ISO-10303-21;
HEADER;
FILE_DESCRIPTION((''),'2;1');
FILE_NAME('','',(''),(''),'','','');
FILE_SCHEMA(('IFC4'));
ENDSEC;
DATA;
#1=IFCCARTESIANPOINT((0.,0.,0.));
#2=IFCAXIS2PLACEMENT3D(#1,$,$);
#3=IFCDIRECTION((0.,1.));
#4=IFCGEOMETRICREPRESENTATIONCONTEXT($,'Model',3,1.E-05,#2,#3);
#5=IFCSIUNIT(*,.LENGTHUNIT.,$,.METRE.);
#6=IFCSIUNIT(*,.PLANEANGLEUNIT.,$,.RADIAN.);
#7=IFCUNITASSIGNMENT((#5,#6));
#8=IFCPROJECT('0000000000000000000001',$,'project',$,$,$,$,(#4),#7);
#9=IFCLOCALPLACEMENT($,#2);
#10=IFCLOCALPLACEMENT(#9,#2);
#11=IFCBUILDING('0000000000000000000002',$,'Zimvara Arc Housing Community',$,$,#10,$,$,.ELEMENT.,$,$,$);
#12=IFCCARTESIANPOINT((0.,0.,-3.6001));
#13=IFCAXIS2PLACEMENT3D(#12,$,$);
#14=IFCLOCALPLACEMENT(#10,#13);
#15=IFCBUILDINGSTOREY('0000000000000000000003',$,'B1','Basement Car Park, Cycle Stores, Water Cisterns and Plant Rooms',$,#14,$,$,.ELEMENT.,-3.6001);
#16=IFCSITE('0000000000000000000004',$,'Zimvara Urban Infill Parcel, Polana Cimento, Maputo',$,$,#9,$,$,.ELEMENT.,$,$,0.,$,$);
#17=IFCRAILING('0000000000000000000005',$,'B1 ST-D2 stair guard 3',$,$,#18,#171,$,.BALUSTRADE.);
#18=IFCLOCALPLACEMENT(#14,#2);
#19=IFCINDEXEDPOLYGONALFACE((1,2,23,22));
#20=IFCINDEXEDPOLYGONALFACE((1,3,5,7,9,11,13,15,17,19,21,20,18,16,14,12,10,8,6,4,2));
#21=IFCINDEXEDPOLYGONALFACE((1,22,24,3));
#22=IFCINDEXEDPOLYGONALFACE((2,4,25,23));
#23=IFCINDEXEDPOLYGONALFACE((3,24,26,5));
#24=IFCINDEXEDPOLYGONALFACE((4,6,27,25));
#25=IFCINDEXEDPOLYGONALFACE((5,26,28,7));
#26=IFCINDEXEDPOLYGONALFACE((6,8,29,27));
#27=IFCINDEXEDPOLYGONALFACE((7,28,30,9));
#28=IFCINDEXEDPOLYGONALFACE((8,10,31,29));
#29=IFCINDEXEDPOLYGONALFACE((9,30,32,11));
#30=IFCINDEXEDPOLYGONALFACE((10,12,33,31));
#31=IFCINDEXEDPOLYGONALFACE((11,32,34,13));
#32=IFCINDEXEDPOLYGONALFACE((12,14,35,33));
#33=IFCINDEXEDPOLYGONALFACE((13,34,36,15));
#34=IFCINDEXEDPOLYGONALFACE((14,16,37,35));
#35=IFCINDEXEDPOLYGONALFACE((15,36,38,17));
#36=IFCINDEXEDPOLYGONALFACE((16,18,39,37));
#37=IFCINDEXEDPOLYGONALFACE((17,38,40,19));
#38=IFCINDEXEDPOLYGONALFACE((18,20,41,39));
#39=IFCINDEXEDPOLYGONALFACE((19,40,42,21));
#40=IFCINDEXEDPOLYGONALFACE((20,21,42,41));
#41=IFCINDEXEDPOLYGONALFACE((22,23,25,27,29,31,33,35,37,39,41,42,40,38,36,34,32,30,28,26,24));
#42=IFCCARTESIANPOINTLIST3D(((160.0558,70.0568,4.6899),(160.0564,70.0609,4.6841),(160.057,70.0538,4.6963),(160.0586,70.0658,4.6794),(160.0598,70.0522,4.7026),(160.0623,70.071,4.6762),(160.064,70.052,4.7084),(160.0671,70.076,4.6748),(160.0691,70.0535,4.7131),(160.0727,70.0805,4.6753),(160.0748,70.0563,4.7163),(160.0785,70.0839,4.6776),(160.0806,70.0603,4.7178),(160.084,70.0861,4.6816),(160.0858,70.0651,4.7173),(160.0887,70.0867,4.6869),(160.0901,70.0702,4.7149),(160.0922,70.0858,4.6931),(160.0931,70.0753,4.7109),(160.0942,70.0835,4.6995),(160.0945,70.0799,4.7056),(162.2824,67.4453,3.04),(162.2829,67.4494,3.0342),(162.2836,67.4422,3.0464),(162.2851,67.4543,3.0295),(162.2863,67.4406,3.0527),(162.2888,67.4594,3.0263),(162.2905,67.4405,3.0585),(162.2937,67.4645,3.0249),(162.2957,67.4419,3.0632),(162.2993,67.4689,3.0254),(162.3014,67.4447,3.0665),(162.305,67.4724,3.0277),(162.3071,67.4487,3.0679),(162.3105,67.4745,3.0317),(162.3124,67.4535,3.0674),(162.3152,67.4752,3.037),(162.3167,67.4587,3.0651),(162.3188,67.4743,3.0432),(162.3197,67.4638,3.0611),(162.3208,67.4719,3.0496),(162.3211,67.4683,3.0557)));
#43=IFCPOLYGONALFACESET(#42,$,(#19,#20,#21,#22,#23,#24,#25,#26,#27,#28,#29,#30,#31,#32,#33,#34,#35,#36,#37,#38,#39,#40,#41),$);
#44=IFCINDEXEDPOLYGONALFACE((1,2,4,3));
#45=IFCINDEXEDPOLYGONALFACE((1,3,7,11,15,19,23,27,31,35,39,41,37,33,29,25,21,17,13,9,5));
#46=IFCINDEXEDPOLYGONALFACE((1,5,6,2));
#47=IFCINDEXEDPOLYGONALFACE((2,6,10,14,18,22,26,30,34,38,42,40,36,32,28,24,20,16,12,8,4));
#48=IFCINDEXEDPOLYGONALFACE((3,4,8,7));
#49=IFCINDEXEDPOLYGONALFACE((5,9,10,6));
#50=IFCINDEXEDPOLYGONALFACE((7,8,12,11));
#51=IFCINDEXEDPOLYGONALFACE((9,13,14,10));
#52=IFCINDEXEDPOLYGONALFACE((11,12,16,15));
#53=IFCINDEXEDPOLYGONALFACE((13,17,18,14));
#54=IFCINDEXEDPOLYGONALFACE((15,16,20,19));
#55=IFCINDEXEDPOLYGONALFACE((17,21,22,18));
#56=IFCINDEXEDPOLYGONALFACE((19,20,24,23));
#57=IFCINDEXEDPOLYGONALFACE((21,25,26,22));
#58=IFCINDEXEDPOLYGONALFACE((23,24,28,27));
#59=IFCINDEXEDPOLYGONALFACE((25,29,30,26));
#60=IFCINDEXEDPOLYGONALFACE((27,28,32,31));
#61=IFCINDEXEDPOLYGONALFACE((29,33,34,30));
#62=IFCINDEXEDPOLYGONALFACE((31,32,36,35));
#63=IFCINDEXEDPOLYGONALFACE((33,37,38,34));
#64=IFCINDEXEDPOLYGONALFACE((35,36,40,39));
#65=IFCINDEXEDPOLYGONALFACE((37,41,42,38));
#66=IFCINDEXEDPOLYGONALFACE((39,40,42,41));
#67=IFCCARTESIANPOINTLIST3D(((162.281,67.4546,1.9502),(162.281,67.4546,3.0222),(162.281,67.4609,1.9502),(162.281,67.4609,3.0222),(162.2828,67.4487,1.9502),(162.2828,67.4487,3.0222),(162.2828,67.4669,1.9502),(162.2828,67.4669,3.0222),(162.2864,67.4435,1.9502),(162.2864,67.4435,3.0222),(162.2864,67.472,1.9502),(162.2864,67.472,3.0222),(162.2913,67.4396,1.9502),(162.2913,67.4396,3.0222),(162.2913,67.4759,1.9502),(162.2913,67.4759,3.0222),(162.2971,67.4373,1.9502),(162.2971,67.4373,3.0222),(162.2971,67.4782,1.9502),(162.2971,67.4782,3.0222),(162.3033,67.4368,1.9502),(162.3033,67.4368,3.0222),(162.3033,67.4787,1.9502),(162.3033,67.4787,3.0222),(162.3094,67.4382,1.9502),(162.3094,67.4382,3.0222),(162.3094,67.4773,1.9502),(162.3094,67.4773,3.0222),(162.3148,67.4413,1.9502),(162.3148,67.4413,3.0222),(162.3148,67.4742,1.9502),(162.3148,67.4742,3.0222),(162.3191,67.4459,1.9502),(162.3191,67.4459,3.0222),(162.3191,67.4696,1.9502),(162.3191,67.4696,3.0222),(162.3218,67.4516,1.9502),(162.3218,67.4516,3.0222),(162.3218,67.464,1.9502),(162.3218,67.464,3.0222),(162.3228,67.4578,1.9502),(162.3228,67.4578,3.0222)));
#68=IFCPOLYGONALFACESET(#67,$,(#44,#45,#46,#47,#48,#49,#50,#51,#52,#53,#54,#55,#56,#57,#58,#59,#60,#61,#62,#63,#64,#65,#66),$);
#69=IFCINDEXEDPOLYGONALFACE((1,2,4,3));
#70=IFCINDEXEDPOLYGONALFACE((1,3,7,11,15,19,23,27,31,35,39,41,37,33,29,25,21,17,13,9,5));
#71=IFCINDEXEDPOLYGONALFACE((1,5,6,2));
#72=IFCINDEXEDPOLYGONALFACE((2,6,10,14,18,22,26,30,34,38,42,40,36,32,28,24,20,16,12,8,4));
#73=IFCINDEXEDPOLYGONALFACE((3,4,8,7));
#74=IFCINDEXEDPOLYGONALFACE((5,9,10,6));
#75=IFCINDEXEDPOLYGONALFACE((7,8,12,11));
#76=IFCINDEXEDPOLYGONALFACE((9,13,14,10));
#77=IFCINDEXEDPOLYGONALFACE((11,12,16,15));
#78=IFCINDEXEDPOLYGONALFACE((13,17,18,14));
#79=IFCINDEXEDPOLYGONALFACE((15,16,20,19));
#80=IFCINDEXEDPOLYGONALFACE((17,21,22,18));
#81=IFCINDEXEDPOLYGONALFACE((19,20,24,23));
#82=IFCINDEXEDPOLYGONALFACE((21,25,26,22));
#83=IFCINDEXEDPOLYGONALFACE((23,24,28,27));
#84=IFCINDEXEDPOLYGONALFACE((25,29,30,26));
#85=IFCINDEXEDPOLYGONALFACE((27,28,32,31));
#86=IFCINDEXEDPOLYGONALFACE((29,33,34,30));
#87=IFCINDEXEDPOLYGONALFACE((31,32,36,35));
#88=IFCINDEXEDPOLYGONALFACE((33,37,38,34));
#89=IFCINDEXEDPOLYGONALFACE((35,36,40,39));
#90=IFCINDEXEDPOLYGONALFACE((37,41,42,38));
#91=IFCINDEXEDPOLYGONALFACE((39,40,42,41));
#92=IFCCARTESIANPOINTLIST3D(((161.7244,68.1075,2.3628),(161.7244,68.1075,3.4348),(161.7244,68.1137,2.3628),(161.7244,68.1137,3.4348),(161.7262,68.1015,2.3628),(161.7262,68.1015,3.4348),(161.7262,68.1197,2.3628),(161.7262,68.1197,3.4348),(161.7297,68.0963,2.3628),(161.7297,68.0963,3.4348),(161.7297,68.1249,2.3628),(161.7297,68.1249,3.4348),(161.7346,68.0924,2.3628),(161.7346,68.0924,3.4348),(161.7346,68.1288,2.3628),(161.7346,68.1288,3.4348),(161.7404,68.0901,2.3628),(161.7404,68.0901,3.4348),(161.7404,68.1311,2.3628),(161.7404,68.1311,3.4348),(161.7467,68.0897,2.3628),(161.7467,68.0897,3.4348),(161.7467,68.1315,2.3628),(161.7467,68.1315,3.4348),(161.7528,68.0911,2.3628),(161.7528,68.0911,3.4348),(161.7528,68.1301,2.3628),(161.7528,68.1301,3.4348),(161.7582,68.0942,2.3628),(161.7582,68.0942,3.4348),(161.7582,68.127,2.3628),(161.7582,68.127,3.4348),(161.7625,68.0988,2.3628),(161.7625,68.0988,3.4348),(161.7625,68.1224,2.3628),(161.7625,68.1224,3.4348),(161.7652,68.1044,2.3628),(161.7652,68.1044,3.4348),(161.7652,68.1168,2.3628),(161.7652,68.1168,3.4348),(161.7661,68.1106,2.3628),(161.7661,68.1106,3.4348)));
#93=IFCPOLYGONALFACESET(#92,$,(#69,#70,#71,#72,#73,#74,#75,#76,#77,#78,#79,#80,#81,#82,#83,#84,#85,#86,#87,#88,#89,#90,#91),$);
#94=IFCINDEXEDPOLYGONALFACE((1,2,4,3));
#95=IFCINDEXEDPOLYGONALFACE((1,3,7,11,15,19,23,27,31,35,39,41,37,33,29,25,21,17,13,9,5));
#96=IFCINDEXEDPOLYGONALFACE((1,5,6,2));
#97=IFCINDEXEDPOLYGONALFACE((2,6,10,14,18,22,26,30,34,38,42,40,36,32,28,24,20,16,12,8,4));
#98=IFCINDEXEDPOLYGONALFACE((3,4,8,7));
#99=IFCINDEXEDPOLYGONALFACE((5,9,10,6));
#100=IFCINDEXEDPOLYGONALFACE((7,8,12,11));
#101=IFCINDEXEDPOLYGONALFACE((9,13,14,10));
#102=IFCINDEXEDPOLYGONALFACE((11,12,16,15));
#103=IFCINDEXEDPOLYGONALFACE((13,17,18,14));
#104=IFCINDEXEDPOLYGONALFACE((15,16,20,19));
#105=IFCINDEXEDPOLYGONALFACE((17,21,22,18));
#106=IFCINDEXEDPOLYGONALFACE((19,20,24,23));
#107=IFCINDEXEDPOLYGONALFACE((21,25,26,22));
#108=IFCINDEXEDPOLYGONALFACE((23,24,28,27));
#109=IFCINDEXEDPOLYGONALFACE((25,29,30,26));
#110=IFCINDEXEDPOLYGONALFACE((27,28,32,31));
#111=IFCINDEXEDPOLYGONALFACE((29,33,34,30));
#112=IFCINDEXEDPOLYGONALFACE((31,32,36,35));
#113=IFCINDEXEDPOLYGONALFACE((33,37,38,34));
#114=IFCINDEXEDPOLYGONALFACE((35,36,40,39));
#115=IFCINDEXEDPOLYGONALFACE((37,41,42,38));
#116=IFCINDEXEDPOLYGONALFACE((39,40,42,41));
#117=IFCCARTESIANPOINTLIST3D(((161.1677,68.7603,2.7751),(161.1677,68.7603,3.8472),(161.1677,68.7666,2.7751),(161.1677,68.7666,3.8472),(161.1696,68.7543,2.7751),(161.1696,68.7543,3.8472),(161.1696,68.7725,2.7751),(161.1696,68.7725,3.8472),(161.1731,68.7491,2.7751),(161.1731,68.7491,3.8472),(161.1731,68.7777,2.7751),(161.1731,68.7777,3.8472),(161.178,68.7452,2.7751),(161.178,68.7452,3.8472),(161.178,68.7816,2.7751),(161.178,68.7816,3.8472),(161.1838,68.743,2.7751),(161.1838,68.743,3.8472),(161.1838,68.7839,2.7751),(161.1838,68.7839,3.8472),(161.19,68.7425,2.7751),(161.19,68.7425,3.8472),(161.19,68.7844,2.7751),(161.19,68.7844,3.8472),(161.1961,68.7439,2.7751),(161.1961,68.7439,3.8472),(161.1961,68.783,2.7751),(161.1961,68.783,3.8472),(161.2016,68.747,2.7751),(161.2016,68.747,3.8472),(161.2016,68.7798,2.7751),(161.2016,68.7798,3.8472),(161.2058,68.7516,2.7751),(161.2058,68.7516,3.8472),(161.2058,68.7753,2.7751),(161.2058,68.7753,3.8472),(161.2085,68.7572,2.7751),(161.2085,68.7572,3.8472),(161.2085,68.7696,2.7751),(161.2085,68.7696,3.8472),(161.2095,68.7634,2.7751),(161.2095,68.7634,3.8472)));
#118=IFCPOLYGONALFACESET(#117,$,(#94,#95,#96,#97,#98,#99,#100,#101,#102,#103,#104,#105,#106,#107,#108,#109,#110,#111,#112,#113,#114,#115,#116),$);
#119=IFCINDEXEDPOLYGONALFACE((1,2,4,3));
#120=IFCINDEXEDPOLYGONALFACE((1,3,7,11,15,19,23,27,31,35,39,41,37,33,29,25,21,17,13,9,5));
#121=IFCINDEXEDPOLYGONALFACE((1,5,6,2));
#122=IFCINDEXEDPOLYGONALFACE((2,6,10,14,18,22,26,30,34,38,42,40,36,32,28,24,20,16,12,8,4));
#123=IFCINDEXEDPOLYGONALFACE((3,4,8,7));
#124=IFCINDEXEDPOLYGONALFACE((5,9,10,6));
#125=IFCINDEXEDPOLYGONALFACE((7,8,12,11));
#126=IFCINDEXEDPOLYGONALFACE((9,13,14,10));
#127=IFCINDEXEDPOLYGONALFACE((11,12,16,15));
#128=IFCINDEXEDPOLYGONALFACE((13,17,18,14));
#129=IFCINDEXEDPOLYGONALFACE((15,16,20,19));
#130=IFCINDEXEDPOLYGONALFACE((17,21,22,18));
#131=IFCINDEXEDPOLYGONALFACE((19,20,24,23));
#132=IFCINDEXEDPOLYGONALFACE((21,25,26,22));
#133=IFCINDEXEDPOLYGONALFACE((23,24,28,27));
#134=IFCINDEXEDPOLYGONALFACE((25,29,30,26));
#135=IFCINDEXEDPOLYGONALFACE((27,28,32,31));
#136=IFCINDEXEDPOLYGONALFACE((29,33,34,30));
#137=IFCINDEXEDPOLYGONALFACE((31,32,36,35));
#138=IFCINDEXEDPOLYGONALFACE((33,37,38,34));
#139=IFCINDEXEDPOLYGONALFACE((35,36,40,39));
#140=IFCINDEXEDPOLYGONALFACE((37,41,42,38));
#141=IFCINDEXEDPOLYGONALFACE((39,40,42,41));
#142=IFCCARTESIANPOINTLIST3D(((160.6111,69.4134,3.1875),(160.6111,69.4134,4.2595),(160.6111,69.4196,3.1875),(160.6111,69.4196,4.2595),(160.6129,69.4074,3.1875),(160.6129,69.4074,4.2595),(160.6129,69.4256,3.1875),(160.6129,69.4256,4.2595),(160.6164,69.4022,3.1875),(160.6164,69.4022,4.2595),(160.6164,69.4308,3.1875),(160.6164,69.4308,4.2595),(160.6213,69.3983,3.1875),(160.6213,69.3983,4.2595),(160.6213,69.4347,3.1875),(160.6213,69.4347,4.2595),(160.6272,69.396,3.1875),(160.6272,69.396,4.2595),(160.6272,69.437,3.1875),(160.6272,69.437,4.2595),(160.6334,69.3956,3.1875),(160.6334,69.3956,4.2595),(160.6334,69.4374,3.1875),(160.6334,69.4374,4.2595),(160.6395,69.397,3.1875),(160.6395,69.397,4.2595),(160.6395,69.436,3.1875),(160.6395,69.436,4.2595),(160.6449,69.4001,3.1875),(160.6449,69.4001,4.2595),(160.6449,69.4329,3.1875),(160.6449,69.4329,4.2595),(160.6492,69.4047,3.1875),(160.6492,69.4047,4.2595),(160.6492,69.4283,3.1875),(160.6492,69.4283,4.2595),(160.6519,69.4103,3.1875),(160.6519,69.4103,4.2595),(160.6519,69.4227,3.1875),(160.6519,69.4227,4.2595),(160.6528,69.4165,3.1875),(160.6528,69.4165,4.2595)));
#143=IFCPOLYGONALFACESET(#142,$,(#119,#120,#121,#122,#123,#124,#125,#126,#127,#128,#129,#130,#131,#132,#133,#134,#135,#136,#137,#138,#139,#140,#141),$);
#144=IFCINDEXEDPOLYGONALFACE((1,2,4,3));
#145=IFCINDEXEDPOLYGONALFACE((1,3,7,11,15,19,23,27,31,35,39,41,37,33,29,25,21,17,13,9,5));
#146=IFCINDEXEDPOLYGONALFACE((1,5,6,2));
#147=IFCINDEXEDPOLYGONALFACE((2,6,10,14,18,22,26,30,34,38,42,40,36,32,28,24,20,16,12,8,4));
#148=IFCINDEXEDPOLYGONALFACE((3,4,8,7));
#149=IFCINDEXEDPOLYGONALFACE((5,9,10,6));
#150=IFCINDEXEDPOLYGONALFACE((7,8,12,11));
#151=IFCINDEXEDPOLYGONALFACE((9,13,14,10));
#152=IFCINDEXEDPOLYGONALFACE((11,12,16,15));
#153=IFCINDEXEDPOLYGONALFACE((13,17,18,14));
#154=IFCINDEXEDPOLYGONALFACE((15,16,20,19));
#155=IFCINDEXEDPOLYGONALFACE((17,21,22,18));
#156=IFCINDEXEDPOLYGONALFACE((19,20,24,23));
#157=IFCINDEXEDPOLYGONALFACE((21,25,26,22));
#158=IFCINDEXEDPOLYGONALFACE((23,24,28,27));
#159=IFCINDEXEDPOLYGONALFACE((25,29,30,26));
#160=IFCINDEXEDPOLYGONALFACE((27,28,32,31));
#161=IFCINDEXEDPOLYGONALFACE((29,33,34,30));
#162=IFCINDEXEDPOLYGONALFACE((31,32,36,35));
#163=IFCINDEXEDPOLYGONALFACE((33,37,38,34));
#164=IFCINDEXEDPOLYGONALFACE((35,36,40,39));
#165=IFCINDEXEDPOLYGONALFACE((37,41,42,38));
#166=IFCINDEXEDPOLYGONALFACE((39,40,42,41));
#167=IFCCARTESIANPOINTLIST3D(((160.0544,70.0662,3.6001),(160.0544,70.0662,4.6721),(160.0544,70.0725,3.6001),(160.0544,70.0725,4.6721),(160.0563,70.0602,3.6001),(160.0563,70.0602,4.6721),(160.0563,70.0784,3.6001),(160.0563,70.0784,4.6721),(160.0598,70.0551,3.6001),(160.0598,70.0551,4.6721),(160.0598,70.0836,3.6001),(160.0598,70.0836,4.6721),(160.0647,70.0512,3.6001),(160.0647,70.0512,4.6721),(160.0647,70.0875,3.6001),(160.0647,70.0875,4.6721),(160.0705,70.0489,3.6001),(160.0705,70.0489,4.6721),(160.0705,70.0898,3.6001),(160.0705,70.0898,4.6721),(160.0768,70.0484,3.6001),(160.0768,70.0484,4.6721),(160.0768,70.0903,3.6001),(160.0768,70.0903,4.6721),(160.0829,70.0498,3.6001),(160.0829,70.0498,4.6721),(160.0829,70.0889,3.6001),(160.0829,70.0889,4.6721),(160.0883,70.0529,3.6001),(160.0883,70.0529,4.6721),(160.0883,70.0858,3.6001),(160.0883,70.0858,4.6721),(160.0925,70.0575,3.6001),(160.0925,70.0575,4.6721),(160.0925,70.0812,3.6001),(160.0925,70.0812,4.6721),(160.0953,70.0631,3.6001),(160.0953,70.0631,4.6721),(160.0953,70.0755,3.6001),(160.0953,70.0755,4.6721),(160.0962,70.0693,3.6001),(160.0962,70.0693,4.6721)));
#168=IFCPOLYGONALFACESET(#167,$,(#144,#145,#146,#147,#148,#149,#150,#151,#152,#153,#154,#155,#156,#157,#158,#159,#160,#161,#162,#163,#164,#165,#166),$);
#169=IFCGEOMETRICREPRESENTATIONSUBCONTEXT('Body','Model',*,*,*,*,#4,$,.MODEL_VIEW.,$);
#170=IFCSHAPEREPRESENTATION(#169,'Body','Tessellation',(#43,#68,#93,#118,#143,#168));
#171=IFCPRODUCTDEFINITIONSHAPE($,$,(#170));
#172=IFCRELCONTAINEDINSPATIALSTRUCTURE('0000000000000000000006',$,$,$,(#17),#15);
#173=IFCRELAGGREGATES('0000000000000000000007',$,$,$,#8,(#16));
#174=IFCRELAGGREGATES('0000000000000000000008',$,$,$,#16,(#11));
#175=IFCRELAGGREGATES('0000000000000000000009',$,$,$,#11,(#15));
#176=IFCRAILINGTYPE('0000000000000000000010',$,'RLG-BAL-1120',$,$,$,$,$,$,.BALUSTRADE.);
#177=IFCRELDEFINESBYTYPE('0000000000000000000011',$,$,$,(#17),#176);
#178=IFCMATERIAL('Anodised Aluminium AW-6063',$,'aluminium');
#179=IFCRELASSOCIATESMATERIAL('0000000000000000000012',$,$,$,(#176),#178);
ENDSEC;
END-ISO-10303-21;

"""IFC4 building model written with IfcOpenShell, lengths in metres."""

from ifc_helpers import new_model, si_unit, direction, frame, origin, origin_2d, place, context, subcontext, project, spatial, circle, extrude, material, type_object, element, save


model = new_model("IFC4")

# Units and contexts
model_context = context("Model", 3, precision=1e-05, world=origin(), true_north=direction((0.0, 1.0)))
body_context = subcontext(model_context, "Body", "Model", "MODEL_VIEW")
ifc_project = project(units=[si_unit("LENGTHUNIT", "METRE"), si_unit("PLANEANGLEUNIT", "RADIAN")], contexts=[model_context])

# Site, building, storey
site_placement = place(None, origin())
site = spatial("IfcSite", under=ifc_project, at=site_placement, Name="Zimvara Urban Infill Parcel, Polana Cimento, Maputo", CompositionType="ELEMENT", RefElevation=0.0)
building_placement = place(site_placement, origin())
building = spatial("IfcBuilding", under=site, at=building_placement, Name="Zimvara Arc Housing Community", CompositionType="ELEMENT")
storey_placement = place(building_placement, frame((0.0, 0.0, -3.6001)))
storey = spatial("IfcBuildingStorey", under=building, at=storey_placement, Name="B1", Description="Basement Car Park, Cycle Stores, Water Cisterns and Plant Rooms", CompositionType="ELEMENT", Elevation=-3.6001)

# Railing
ifc_material_1 = material(Name="Anodised Aluminium AW-6063", Category="aluminium")
railing_type_1 = type_object("IfcRailingType", Name="RLG-BAL-1120", PredefinedType="BALUSTRADE", material=ifc_material_1)
railing_1_placement = place(storey_placement, frame((162.3018, 67.4578, 1.9502)))
element("IfcRailing", 1, at=railing_1_placement, inside=storey, type_object=railing_type_1, Name="B1 ST-D2 stair guard 3", PredefinedType="BALUSTRADE", context=body_context, shape_type="SweptSolid", body=[
    extrude(circle(Radius=0.0239, at=origin_2d()), frame((0.0, 0.0, 1.0962), z_axis=(-0.584723, 0.685831, 0.433285), x_axis=(-0.760971, -0.648786, 0.0)), (0.0, 0.0, 1.0), 3.8079),
    extrude(circle(Radius=0.021, at=origin_2d()), origin(), (0.0, 0.0, 1.0), 1.072),
    extrude(circle(Radius=0.021, at=origin_2d()), frame((-0.5566, 0.6528, 0.4126)), (0.0, 0.0, 1.0), 1.072),
    extrude(circle(Radius=0.021, at=origin_2d()), frame((-1.1133, 1.3057, 0.825)), (0.0, 0.0, 1.0), 1.072),
    extrude(circle(Radius=0.021, at=origin_2d()), frame((-1.6699, 1.9587, 1.2373)), (0.0, 0.0, 1.0), 1.072),
    extrude(circle(Radius=0.021, at=origin_2d()), frame((-2.2266, 2.6116, 1.6499)), (0.0, 0.0, 1.0), 1.072),
])

save(model, "model.ifc")
